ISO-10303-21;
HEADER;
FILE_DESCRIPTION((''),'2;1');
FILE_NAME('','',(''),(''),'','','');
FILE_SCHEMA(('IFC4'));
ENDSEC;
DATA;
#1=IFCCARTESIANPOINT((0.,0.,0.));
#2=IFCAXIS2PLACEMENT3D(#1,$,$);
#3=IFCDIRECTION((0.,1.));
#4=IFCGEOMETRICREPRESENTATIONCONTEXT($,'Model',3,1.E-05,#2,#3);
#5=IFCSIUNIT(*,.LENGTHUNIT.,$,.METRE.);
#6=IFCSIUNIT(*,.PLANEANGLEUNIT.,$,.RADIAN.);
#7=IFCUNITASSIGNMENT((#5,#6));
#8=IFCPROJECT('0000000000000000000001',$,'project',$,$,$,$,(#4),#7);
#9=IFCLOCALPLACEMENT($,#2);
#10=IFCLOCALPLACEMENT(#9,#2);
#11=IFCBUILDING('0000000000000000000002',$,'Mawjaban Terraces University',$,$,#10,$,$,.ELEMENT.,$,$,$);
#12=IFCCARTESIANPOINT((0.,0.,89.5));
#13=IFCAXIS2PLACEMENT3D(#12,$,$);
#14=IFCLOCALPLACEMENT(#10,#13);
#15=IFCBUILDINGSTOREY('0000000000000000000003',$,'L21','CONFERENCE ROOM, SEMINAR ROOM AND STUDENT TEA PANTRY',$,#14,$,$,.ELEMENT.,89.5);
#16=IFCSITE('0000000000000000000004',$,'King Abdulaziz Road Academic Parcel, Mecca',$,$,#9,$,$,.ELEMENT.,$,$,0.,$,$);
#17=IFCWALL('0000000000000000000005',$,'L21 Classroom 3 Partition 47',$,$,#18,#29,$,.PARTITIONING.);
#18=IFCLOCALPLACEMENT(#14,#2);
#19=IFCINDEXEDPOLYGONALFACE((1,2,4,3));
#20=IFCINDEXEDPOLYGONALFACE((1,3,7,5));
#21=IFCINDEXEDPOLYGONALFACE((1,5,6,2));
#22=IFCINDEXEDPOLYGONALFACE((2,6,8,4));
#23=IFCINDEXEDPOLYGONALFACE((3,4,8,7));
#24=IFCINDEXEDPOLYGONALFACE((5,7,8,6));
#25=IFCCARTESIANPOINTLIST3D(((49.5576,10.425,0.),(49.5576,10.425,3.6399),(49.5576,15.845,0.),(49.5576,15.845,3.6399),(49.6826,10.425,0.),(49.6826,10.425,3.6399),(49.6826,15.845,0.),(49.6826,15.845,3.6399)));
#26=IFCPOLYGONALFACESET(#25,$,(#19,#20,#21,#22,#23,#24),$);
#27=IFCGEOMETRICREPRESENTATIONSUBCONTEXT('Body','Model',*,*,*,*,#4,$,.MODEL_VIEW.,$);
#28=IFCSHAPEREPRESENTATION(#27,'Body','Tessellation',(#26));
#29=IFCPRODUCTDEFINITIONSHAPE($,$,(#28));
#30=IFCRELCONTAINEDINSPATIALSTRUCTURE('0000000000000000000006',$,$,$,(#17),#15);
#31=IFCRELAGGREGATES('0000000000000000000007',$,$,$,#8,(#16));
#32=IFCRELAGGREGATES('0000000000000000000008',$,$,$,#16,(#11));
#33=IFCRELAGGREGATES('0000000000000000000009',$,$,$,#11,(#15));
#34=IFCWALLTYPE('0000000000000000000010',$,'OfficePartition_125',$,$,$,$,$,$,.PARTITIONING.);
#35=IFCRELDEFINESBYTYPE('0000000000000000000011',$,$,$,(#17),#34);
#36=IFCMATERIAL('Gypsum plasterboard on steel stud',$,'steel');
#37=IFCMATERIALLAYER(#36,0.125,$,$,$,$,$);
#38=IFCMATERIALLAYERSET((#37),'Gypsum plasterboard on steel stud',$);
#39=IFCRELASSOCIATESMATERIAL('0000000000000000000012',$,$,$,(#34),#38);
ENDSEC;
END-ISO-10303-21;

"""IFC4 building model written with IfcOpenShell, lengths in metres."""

from ifc_helpers import new_model, si_unit, direction, frame, frame_2d, origin, place, context, subcontext, project, spatial, rectangle, extrude, material, layer, layer_set, type_object, element, save


model = new_model("IFC4")

# Units and contexts
model_context = context("Model", 3, precision=1e-05, world=origin(), true_north=direction((0.0, 1.0)))
body_context = subcontext(model_context, "Body", "Model", "MODEL_VIEW")
ifc_project = project(units=[si_unit("LENGTHUNIT", "METRE"), si_unit("PLANEANGLEUNIT", "RADIAN")], contexts=[model_context])

# Site, building, storey
site_placement = place(None, origin())
site = spatial("IfcSite", under=ifc_project, at=site_placement, Name="King Abdulaziz Road Academic Parcel, Mecca", CompositionType="ELEMENT", RefElevation=0.0)
building_placement = place(site_placement, origin())
building = spatial("IfcBuilding", under=site, at=building_placement, Name="Mawjaban Terraces University", CompositionType="ELEMENT")
storey_placement = place(building_placement, frame((0.0, 0.0, 89.5)))
storey = spatial("IfcBuildingStorey", under=building, at=storey_placement, Name="L21", Description="CONFERENCE ROOM, SEMINAR ROOM AND STUDENT TEA PANTRY", CompositionType="ELEMENT", Elevation=89.5)

# Wall
ifc_material_1 = material(Name="Gypsum plasterboard on steel stud", Category="steel")
ifc_layer_1 = layer(ifc_material_1, 0.125)
ifc_layer_set_1 = layer_set([ifc_layer_1], Name="Gypsum plasterboard on steel stud")
wall_type_1 = type_object("IfcWallType", Name="OfficePartition_125", PredefinedType="PARTITIONING", material=ifc_layer_set_1)
wall_1_placement = place(storey_placement, frame((49.6201, 10.425, 0.0), z_axis=(0.0, 0.0, 1.0), x_axis=(0.0, 1.0, 0.0)))
element("IfcWall", 1, at=wall_1_placement, inside=storey, type_object=wall_type_1, Name="L21 Classroom 3 Partition 47", PredefinedType="PARTITIONING", context=body_context, shape_type="SweptSolid", body=[
    extrude(rectangle(XDim=5.4199, YDim=0.125, at=frame_2d((2.71, 0.0))), origin(), (0.0, 0.0, 1.0), 3.6399),
])

save(model, "model.ifc")
